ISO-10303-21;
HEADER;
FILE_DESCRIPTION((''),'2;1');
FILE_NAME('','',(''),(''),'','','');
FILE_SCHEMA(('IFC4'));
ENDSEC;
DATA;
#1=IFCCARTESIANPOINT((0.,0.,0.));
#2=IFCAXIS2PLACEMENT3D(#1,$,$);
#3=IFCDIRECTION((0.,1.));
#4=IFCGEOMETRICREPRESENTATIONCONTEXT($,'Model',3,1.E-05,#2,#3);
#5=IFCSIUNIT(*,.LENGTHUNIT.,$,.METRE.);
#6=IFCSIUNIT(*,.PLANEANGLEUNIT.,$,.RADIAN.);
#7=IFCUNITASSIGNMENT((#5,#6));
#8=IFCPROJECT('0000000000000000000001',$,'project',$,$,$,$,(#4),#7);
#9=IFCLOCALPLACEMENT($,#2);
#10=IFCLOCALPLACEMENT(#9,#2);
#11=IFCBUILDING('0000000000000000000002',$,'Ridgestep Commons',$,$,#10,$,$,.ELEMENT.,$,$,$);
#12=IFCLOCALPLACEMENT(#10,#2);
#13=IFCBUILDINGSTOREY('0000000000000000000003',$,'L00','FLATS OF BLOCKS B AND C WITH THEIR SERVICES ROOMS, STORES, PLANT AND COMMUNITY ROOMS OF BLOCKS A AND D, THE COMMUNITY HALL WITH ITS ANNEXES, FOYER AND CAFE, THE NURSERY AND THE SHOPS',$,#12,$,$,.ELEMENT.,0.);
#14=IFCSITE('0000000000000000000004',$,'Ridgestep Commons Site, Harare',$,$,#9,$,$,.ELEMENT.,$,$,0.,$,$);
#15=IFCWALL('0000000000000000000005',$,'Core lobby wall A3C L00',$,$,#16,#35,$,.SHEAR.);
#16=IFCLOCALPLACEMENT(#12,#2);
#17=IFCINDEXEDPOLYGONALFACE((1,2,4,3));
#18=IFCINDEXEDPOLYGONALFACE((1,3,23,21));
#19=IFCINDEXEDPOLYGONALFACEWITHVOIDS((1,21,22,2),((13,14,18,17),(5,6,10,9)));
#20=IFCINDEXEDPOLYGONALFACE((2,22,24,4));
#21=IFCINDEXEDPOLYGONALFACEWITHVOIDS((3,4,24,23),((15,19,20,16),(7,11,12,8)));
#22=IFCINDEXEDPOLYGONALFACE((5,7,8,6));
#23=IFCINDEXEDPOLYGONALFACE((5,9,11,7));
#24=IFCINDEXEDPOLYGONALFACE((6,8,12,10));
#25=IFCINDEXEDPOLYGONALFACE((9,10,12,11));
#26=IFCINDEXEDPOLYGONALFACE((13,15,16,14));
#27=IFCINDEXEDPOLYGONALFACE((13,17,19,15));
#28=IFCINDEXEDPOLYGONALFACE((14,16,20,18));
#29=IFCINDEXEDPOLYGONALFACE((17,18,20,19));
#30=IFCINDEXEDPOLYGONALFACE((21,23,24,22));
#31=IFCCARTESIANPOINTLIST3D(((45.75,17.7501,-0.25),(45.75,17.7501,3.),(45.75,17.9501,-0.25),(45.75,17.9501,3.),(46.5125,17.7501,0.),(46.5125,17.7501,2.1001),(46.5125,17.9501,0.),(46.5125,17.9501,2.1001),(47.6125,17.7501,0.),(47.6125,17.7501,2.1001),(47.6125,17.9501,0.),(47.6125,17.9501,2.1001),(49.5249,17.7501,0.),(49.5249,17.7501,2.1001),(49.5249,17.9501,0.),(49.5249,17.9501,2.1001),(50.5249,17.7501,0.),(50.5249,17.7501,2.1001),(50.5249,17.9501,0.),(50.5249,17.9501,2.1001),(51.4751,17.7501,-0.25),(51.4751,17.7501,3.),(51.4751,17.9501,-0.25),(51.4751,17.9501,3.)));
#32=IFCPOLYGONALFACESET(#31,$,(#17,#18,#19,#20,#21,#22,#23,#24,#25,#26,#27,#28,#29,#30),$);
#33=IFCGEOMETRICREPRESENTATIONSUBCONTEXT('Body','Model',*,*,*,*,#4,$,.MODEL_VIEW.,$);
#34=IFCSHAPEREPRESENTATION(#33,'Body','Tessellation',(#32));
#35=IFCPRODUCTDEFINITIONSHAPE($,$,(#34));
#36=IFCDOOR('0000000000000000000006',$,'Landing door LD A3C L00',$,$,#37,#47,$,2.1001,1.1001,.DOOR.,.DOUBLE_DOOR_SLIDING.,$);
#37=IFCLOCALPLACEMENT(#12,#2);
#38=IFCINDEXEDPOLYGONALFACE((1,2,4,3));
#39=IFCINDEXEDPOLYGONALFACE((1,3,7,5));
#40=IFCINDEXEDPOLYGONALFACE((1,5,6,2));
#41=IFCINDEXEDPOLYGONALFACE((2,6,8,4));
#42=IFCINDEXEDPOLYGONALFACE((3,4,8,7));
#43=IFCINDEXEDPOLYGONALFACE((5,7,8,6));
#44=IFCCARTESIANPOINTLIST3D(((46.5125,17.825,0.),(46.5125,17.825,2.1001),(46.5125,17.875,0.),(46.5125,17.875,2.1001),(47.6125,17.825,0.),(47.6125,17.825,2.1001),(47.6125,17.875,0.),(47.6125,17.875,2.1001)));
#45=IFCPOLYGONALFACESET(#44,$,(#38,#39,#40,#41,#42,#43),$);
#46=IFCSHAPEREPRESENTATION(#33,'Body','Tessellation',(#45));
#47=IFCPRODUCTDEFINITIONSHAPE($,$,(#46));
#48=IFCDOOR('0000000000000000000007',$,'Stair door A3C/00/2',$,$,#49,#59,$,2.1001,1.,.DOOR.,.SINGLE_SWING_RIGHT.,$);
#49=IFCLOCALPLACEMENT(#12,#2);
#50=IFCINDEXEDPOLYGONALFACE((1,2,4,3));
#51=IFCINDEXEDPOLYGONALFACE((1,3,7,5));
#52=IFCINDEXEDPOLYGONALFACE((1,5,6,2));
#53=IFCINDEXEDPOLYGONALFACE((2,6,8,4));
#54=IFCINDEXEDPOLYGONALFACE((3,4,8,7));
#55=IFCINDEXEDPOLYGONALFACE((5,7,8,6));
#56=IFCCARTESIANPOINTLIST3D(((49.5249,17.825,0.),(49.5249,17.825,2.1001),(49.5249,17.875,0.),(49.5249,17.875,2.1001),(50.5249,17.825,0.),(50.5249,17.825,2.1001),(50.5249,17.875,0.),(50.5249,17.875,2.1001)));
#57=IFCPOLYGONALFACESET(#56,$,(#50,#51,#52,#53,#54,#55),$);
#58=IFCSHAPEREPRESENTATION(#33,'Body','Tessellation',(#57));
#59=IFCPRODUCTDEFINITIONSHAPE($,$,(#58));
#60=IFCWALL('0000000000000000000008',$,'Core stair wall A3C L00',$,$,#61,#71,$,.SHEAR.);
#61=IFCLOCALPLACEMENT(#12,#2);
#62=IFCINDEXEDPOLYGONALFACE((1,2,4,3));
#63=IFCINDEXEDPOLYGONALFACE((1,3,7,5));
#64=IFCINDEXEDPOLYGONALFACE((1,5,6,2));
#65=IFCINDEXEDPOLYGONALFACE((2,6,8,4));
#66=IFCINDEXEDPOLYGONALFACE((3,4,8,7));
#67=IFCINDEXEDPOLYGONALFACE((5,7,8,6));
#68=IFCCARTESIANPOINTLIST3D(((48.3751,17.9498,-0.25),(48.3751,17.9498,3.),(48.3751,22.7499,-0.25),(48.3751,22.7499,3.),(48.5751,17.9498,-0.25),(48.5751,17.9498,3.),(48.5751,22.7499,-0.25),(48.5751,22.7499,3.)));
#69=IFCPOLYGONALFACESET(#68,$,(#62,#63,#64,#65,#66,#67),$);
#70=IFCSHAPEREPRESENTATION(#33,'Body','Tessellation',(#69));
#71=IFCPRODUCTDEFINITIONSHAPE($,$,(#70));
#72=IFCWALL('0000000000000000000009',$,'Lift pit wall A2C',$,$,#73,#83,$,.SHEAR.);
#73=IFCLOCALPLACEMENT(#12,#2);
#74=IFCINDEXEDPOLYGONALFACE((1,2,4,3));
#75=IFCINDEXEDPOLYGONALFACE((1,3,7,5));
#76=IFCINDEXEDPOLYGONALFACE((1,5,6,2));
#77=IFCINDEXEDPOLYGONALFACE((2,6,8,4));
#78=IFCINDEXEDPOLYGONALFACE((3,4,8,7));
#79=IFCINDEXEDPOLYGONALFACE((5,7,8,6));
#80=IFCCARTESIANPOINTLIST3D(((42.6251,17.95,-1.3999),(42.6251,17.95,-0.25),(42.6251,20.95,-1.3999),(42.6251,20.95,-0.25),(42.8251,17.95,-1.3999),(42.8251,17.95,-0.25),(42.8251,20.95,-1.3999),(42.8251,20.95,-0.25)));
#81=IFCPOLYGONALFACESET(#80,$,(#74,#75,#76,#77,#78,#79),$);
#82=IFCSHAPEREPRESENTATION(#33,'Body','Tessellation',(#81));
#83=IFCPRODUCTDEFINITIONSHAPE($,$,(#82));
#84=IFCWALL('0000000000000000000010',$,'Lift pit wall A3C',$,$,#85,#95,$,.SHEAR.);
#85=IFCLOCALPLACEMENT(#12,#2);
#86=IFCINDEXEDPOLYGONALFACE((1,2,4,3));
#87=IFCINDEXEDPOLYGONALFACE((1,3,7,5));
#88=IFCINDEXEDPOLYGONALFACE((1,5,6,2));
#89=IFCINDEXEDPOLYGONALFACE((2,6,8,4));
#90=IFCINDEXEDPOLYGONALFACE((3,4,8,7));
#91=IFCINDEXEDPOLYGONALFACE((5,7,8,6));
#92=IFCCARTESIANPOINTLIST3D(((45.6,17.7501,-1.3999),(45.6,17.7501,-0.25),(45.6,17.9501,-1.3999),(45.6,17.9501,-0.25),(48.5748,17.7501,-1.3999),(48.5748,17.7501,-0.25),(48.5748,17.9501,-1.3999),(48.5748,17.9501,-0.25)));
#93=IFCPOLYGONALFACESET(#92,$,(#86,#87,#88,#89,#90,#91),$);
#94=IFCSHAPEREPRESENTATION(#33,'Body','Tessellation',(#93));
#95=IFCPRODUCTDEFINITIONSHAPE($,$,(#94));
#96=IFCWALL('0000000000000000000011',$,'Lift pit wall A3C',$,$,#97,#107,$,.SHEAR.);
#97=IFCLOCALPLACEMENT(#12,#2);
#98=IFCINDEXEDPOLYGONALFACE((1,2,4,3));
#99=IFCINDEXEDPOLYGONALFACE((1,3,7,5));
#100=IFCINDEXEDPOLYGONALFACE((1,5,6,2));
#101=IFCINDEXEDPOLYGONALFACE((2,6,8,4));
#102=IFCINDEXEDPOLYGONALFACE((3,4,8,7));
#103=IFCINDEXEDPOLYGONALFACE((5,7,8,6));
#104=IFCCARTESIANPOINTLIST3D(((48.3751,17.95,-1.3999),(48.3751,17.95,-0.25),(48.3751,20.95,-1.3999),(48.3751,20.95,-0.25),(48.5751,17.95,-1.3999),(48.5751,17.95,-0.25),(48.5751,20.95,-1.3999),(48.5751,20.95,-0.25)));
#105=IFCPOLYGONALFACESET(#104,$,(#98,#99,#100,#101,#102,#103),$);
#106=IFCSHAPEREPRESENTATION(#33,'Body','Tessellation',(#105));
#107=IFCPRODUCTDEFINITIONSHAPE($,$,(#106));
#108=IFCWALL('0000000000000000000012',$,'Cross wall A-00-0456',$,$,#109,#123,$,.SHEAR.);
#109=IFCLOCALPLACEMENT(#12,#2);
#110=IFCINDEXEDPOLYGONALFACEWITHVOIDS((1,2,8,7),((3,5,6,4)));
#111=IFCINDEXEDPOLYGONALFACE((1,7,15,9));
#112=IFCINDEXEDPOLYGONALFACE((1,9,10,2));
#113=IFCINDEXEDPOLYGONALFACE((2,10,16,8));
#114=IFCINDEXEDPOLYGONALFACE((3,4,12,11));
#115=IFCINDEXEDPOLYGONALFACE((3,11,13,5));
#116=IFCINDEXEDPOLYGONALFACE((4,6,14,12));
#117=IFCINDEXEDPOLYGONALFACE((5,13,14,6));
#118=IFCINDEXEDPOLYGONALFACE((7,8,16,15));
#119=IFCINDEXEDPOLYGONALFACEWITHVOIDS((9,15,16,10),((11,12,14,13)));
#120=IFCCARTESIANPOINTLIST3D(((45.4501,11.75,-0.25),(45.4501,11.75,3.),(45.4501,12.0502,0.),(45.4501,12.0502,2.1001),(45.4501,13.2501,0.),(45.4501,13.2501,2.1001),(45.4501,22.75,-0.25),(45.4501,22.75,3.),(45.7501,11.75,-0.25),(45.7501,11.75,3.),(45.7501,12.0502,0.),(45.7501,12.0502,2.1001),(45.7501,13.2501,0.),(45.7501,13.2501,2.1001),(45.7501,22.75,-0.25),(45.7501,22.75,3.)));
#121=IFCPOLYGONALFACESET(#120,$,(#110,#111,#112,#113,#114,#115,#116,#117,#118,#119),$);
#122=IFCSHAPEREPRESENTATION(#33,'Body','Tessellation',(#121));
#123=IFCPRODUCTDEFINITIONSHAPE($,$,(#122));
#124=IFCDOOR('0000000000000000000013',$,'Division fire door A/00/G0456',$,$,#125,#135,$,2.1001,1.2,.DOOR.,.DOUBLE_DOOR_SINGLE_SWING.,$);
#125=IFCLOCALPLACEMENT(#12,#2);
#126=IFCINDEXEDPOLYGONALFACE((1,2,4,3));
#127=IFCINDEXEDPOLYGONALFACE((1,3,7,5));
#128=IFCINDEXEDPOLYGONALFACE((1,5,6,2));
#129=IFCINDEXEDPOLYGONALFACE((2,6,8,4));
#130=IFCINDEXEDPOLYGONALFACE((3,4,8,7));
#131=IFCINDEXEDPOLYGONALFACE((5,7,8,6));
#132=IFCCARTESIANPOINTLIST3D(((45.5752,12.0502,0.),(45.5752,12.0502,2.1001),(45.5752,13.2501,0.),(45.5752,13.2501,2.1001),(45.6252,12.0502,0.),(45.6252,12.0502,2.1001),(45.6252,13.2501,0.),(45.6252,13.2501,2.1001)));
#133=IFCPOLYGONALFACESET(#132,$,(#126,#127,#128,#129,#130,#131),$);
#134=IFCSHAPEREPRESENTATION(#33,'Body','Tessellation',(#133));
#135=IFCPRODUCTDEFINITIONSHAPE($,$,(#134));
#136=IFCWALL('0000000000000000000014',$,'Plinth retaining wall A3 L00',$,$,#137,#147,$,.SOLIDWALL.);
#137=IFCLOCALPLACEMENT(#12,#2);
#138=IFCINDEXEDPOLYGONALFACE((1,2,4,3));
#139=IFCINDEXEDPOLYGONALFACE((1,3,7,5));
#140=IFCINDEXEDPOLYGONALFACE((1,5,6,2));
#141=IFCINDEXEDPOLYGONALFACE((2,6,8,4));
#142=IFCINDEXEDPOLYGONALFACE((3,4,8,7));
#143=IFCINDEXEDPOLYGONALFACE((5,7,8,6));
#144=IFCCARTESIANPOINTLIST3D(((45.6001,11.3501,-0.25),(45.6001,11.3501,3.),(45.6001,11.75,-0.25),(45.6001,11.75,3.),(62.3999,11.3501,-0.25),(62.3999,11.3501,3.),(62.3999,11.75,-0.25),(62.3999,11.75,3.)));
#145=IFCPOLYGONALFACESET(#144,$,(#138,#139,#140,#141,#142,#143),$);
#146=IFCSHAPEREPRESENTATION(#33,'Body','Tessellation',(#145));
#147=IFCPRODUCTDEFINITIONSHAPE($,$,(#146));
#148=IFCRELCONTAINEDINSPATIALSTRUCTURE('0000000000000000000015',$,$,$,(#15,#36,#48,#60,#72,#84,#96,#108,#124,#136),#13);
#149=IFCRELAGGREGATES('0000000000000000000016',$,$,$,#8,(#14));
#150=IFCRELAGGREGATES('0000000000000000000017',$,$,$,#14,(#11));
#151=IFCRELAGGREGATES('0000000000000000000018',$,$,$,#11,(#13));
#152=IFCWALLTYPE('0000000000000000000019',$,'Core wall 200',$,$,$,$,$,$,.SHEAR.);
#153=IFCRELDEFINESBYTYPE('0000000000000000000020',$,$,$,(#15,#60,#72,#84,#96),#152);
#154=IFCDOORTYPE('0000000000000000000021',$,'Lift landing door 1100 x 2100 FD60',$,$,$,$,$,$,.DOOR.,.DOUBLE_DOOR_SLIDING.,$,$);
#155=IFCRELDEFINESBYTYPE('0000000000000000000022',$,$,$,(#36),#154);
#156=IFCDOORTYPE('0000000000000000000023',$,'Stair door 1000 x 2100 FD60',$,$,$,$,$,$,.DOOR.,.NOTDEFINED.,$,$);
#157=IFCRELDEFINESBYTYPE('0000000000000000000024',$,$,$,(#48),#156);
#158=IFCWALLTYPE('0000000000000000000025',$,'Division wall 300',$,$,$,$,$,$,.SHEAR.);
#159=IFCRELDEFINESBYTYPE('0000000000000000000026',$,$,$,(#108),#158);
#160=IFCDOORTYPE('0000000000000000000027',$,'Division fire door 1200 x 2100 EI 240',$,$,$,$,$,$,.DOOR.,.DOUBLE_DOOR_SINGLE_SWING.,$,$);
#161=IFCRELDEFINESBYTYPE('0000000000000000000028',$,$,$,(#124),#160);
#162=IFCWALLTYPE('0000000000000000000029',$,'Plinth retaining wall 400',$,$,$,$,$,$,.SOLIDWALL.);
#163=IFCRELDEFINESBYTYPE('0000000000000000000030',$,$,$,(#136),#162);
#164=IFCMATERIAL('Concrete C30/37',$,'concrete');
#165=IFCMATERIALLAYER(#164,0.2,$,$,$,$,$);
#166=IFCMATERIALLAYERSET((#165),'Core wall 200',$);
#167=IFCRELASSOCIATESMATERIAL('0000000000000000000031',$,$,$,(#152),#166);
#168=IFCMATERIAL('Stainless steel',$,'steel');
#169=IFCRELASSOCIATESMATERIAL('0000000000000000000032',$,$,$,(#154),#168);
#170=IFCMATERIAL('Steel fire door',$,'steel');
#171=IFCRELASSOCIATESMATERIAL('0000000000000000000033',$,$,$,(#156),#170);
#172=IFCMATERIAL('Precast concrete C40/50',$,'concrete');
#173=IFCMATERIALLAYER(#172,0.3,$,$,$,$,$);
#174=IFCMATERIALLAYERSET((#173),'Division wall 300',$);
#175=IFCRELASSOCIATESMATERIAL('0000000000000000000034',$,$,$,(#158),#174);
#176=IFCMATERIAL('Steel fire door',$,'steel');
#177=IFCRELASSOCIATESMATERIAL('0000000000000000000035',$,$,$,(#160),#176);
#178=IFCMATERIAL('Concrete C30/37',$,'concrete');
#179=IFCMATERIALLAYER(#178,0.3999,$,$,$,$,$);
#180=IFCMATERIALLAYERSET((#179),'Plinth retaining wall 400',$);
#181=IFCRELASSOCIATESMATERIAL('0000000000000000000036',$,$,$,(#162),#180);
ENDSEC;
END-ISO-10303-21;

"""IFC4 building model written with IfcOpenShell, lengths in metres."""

from ifc_helpers import new_model, si_unit, direction, frame, frame_2d, origin, place, context, subcontext, project, spatial, rectangle, extrude, material, layer, layer_set, type_object, element, fill, save


model = new_model("IFC4")

# Units and contexts
model_context = context("Model", 3, precision=1e-05, world=origin(), true_north=direction((0.0, 1.0)))
body_context = subcontext(model_context, "Body", "Model", "MODEL_VIEW")
ifc_project = project(units=[si_unit("LENGTHUNIT", "METRE"), si_unit("PLANEANGLEUNIT", "RADIAN")], contexts=[model_context])

# Site, building, storey
site_placement = place(None, origin())
site = spatial("IfcSite", under=ifc_project, at=site_placement, Name="Ridgestep Commons Site, Harare", CompositionType="ELEMENT", RefElevation=0.0)
building_placement = place(site_placement, origin())
building = spatial("IfcBuilding", under=site, at=building_placement, Name="Ridgestep Commons", CompositionType="ELEMENT")
storey_placement = place(building_placement, origin())
storey = spatial("IfcBuildingStorey", under=building, at=storey_placement, Name="L00", Description="FLATS OF BLOCKS B AND C WITH THEIR SERVICES ROOMS, STORES, PLANT AND COMMUNITY ROOMS OF BLOCKS A AND D, THE COMMUNITY HALL WITH ITS ANNEXES, FOYER AND CAFE, THE NURSERY AND THE SHOPS", CompositionType="ELEMENT", Elevation=0.0)

# Shared definitions
ifc_material_1 = material(Name="Concrete C30/37", Category="concrete")
ifc_layer_1 = layer(ifc_material_1, 0.2)
ifc_layer_set_1 = layer_set([ifc_layer_1], Name="Core wall 200")
wall_type_1 = type_object("IfcWallType", Name="Core wall 200", PredefinedType="SHEAR", material=ifc_layer_set_1)

# Wall, openings, doors
wall_1_placement = place(storey_placement, frame((45.75, 17.8501, -0.25), z_axis=(0.0, 0.0, 1.0), x_axis=(1.0, 0.0, 0.0)))
wall_1 = element("IfcWall", 1, at=wall_1_placement, inside=storey, type_object=wall_type_1, Name="Core lobby wall A3C L00", PredefinedType="SHEAR", context=body_context, shape_type="SweptSolid", body=[
    extrude(rectangle(XDim=5.7251, YDim=0.2, at=frame_2d((2.8625, 0.0))), origin(), (0.0, 0.0, 1.0), 3.25),
])
opening_1_placement = place(wall_1_placement, frame((3.7749, 0.0, 0.25)))
opening_1 = element("IfcOpeningElement", 2, at=opening_1_placement, cuts=wall_1, PredefinedType="OPENING", context=body_context, shape_type="SweptSolid", body=[
    extrude(rectangle(XDim=1.0, YDim=2.1001, at=frame_2d((0.5, 1.05))), frame((0.0, 0.1099, 0.0), z_axis=(0.0, -1.0, 0.0), x_axis=(1.0, 0.0, 0.0)), (0.0, 0.0, 1.0), 0.22),
])
opening_2_placement = place(wall_1_placement, frame((0.7625, 0.0, 0.25)))
opening_2 = element("IfcOpeningElement", 3, at=opening_2_placement, cuts=wall_1, PredefinedType="OPENING", context=body_context, shape_type="SweptSolid", body=[
    extrude(rectangle(XDim=1.1001, YDim=2.1001, at=frame_2d((0.55, 1.05))), frame((0.0, 0.1099, 0.0), z_axis=(0.0, -1.0, 0.0), x_axis=(1.0, 0.0, 0.0)), (0.0, 0.0, 1.0), 0.22),
])
ifc_material_2 = material(Name="Stainless steel", Category="steel")
door_type_1 = type_object("IfcDoorType", Name="Lift landing door 1100 x 2100 FD60", OperationType="DOUBLE_DOOR_SLIDING", PredefinedType="DOOR", material=ifc_material_2)
door_1_placement = place(opening_2_placement, origin())
door_1 = element("IfcDoor", 4, at=door_1_placement, inside=storey, type_object=door_type_1, Name="Landing door LD A3C L00", OperationType="DOUBLE_DOOR_SLIDING", OverallHeight=2.1001, OverallWidth=1.1001, PredefinedType="DOOR", context=body_context, shape_type="SweptSolid", body=[
    extrude(rectangle(XDim=1.1001, YDim=2.1001, at=frame_2d((0.55, 1.05))), frame((0.0, 0.0249, 0.0), z_axis=(0.0, -1.0, 0.0), x_axis=(1.0, 0.0, 0.0)), (0.0, 0.0, 1.0), 0.05),
])
fill(opening_2, door_1)
ifc_material_3 = material(Name="Steel fire door", Category="steel")
door_type_2 = type_object("IfcDoorType", Name="Stair door 1000 x 2100 FD60", OperationType="NOTDEFINED", PredefinedType="DOOR", material=ifc_material_3)
door_2_placement = place(opening_1_placement, origin())
door_2 = element("IfcDoor", 5, at=door_2_placement, inside=storey, type_object=door_type_2, Name="Stair door A3C/00/2", OperationType="SINGLE_SWING_RIGHT", OverallHeight=2.1001, OverallWidth=1.0, PredefinedType="DOOR", context=body_context, shape_type="SweptSolid", body=[
    extrude(rectangle(XDim=1.0, YDim=2.1001, at=frame_2d((0.5, 1.05))), frame((0.0, 0.0249, 0.0), z_axis=(0.0, -1.0, 0.0), x_axis=(1.0, 0.0, 0.0)), (0.0, 0.0, 1.0), 0.05),
])
fill(opening_1, door_2)

# Walls
wall_2_placement = place(storey_placement, frame((48.4751, 17.95, -0.25), z_axis=(0.0, 0.0, 1.0), x_axis=(0.0, 1.0, 0.0)))
element("IfcWall", 6, at=wall_2_placement, inside=storey, type_object=wall_type_1, Name="Core stair wall A3C L00", PredefinedType="SHEAR", context=body_context, shape_type="SweptSolid", body=[
    extrude(rectangle(XDim=4.8, YDim=0.2, at=frame_2d((2.3999, 0.0))), origin(), (0.0, 0.0, 1.0), 3.25),
])
wall_3_placement = place(storey_placement, frame((42.7251, 17.95, -1.3999), z_axis=(0.0, 0.0, 1.0), x_axis=(0.0, 1.0, 0.0)))
element("IfcWall", 7, at=wall_3_placement, inside=storey, type_object=wall_type_1, Name="Lift pit wall A2C", PredefinedType="SHEAR", context=body_context, shape_type="SweptSolid", body=[
    extrude(rectangle(XDim=3.0, YDim=0.2, at=frame_2d((1.5, 0.0))), origin(), (0.0, 0.0, 1.0), 1.1499),
])
wall_4_placement = place(storey_placement, frame((45.6001, 17.8501, -1.3999), z_axis=(0.0, 0.0, 1.0), x_axis=(1.0, 0.0, 0.0)))
element("IfcWall", 8, at=wall_4_placement, inside=storey, type_object=wall_type_1, Name="Lift pit wall A3C", PredefinedType="SHEAR", context=body_context, shape_type="SweptSolid", body=[
    extrude(rectangle(XDim=2.9749, YDim=0.2, at=frame_2d((1.4873, 0.0))), origin(), (0.0, 0.0, 1.0), 1.1499),
])
wall_5_placement = place(storey_placement, frame((48.4751, 17.95, -1.3999), z_axis=(0.0, 0.0, 1.0), x_axis=(0.0, 1.0, 0.0)))
element("IfcWall", 9, at=wall_5_placement, inside=storey, type_object=wall_type_1, Name="Lift pit wall A3C", PredefinedType="SHEAR", context=body_context, shape_type="SweptSolid", body=[
    extrude(rectangle(XDim=3.0, YDim=0.2, at=frame_2d((1.5, 0.0))), origin(), (0.0, 0.0, 1.0), 1.1499),
])

# Wall, opening, door
ifc_material_4 = material(Name="Precast concrete C40/50", Category="concrete")
ifc_layer_2 = layer(ifc_material_4, 0.3)
ifc_layer_set_2 = layer_set([ifc_layer_2], Name="Division wall 300")
wall_type_2 = type_object("IfcWallType", Name="Division wall 300", PredefinedType="SHEAR", material=ifc_layer_set_2)
wall_6_placement = place(storey_placement, frame((45.6001, 11.75, -0.25), z_axis=(0.0, 0.0, 1.0), x_axis=(0.0, 1.0, 0.0)))
wall_6 = element("IfcWall", 10, at=wall_6_placement, inside=storey, type_object=wall_type_2, Name="Cross wall A-00-0456", PredefinedType="SHEAR", context=body_context, shape_type="SweptSolid", body=[
    extrude(rectangle(XDim=11.0, YDim=0.3, at=frame_2d((5.5, 0.0))), origin(), (0.0, 0.0, 1.0), 3.25),
])
opening_3_placement = place(wall_6_placement, frame((0.3, 0.0, 0.25)))
opening_3 = element("IfcOpeningElement", 11, at=opening_3_placement, cuts=wall_6, PredefinedType="OPENING", context=body_context, shape_type="SweptSolid", body=[
    extrude(rectangle(XDim=1.2, YDim=2.1001, at=frame_2d((0.6001, 1.05))), frame((0.0, 0.1599, 0.0), z_axis=(0.0, -1.0, 0.0), x_axis=(1.0, 0.0, 0.0)), (0.0, 0.0, 1.0), 0.3201),
])
ifc_material_5 = material(Name="Steel fire door", Category="steel")
door_type_3 = type_object("IfcDoorType", Name="Division fire door 1200 x 2100 EI 240", OperationType="DOUBLE_DOOR_SINGLE_SWING", PredefinedType="DOOR", material=ifc_material_5)
door_3_placement = place(opening_3_placement, origin())
door_3 = element("IfcDoor", 12, at=door_3_placement, inside=storey, type_object=door_type_3, Name="Division fire door A/00/G0456", OperationType="DOUBLE_DOOR_SINGLE_SWING", OverallHeight=2.1001, OverallWidth=1.2, PredefinedType="DOOR", context=body_context, shape_type="SweptSolid", body=[
    extrude(rectangle(XDim=1.2, YDim=2.1001, at=frame_2d((0.6001, 1.05))), frame((0.0, 0.0249, 0.0), z_axis=(0.0, -1.0, 0.0), x_axis=(1.0, 0.0, 0.0)), (0.0, 0.0, 1.0), 0.05),
])
fill(opening_3, door_3)

# Wall
ifc_material_6 = material(Name="Concrete C30/37", Category="concrete")
ifc_layer_3 = layer(ifc_material_6, 0.3999)
ifc_layer_set_3 = layer_set([ifc_layer_3], Name="Plinth retaining wall 400")
wall_type_3 = type_object("IfcWallType", Name="Plinth retaining wall 400", PredefinedType="SOLIDWALL", material=ifc_layer_set_3)
wall_7_placement = place(storey_placement, frame((45.6001, 11.55, -0.25), z_axis=(0.0, 0.0, 1.0), x_axis=(1.0, 0.0, 0.0)))
element("IfcWall", 13, at=wall_7_placement, inside=storey, type_object=wall_type_3, Name="Plinth retaining wall A3 L00", PredefinedType="SOLIDWALL", context=body_context, shape_type="SweptSolid", body=[
    extrude(rectangle(XDim=16.7998, YDim=0.3999, at=frame_2d((8.3999, 0.0))), origin(), (0.0, 0.0, 1.0), 3.25),
])

save(model, "model.ifc")
